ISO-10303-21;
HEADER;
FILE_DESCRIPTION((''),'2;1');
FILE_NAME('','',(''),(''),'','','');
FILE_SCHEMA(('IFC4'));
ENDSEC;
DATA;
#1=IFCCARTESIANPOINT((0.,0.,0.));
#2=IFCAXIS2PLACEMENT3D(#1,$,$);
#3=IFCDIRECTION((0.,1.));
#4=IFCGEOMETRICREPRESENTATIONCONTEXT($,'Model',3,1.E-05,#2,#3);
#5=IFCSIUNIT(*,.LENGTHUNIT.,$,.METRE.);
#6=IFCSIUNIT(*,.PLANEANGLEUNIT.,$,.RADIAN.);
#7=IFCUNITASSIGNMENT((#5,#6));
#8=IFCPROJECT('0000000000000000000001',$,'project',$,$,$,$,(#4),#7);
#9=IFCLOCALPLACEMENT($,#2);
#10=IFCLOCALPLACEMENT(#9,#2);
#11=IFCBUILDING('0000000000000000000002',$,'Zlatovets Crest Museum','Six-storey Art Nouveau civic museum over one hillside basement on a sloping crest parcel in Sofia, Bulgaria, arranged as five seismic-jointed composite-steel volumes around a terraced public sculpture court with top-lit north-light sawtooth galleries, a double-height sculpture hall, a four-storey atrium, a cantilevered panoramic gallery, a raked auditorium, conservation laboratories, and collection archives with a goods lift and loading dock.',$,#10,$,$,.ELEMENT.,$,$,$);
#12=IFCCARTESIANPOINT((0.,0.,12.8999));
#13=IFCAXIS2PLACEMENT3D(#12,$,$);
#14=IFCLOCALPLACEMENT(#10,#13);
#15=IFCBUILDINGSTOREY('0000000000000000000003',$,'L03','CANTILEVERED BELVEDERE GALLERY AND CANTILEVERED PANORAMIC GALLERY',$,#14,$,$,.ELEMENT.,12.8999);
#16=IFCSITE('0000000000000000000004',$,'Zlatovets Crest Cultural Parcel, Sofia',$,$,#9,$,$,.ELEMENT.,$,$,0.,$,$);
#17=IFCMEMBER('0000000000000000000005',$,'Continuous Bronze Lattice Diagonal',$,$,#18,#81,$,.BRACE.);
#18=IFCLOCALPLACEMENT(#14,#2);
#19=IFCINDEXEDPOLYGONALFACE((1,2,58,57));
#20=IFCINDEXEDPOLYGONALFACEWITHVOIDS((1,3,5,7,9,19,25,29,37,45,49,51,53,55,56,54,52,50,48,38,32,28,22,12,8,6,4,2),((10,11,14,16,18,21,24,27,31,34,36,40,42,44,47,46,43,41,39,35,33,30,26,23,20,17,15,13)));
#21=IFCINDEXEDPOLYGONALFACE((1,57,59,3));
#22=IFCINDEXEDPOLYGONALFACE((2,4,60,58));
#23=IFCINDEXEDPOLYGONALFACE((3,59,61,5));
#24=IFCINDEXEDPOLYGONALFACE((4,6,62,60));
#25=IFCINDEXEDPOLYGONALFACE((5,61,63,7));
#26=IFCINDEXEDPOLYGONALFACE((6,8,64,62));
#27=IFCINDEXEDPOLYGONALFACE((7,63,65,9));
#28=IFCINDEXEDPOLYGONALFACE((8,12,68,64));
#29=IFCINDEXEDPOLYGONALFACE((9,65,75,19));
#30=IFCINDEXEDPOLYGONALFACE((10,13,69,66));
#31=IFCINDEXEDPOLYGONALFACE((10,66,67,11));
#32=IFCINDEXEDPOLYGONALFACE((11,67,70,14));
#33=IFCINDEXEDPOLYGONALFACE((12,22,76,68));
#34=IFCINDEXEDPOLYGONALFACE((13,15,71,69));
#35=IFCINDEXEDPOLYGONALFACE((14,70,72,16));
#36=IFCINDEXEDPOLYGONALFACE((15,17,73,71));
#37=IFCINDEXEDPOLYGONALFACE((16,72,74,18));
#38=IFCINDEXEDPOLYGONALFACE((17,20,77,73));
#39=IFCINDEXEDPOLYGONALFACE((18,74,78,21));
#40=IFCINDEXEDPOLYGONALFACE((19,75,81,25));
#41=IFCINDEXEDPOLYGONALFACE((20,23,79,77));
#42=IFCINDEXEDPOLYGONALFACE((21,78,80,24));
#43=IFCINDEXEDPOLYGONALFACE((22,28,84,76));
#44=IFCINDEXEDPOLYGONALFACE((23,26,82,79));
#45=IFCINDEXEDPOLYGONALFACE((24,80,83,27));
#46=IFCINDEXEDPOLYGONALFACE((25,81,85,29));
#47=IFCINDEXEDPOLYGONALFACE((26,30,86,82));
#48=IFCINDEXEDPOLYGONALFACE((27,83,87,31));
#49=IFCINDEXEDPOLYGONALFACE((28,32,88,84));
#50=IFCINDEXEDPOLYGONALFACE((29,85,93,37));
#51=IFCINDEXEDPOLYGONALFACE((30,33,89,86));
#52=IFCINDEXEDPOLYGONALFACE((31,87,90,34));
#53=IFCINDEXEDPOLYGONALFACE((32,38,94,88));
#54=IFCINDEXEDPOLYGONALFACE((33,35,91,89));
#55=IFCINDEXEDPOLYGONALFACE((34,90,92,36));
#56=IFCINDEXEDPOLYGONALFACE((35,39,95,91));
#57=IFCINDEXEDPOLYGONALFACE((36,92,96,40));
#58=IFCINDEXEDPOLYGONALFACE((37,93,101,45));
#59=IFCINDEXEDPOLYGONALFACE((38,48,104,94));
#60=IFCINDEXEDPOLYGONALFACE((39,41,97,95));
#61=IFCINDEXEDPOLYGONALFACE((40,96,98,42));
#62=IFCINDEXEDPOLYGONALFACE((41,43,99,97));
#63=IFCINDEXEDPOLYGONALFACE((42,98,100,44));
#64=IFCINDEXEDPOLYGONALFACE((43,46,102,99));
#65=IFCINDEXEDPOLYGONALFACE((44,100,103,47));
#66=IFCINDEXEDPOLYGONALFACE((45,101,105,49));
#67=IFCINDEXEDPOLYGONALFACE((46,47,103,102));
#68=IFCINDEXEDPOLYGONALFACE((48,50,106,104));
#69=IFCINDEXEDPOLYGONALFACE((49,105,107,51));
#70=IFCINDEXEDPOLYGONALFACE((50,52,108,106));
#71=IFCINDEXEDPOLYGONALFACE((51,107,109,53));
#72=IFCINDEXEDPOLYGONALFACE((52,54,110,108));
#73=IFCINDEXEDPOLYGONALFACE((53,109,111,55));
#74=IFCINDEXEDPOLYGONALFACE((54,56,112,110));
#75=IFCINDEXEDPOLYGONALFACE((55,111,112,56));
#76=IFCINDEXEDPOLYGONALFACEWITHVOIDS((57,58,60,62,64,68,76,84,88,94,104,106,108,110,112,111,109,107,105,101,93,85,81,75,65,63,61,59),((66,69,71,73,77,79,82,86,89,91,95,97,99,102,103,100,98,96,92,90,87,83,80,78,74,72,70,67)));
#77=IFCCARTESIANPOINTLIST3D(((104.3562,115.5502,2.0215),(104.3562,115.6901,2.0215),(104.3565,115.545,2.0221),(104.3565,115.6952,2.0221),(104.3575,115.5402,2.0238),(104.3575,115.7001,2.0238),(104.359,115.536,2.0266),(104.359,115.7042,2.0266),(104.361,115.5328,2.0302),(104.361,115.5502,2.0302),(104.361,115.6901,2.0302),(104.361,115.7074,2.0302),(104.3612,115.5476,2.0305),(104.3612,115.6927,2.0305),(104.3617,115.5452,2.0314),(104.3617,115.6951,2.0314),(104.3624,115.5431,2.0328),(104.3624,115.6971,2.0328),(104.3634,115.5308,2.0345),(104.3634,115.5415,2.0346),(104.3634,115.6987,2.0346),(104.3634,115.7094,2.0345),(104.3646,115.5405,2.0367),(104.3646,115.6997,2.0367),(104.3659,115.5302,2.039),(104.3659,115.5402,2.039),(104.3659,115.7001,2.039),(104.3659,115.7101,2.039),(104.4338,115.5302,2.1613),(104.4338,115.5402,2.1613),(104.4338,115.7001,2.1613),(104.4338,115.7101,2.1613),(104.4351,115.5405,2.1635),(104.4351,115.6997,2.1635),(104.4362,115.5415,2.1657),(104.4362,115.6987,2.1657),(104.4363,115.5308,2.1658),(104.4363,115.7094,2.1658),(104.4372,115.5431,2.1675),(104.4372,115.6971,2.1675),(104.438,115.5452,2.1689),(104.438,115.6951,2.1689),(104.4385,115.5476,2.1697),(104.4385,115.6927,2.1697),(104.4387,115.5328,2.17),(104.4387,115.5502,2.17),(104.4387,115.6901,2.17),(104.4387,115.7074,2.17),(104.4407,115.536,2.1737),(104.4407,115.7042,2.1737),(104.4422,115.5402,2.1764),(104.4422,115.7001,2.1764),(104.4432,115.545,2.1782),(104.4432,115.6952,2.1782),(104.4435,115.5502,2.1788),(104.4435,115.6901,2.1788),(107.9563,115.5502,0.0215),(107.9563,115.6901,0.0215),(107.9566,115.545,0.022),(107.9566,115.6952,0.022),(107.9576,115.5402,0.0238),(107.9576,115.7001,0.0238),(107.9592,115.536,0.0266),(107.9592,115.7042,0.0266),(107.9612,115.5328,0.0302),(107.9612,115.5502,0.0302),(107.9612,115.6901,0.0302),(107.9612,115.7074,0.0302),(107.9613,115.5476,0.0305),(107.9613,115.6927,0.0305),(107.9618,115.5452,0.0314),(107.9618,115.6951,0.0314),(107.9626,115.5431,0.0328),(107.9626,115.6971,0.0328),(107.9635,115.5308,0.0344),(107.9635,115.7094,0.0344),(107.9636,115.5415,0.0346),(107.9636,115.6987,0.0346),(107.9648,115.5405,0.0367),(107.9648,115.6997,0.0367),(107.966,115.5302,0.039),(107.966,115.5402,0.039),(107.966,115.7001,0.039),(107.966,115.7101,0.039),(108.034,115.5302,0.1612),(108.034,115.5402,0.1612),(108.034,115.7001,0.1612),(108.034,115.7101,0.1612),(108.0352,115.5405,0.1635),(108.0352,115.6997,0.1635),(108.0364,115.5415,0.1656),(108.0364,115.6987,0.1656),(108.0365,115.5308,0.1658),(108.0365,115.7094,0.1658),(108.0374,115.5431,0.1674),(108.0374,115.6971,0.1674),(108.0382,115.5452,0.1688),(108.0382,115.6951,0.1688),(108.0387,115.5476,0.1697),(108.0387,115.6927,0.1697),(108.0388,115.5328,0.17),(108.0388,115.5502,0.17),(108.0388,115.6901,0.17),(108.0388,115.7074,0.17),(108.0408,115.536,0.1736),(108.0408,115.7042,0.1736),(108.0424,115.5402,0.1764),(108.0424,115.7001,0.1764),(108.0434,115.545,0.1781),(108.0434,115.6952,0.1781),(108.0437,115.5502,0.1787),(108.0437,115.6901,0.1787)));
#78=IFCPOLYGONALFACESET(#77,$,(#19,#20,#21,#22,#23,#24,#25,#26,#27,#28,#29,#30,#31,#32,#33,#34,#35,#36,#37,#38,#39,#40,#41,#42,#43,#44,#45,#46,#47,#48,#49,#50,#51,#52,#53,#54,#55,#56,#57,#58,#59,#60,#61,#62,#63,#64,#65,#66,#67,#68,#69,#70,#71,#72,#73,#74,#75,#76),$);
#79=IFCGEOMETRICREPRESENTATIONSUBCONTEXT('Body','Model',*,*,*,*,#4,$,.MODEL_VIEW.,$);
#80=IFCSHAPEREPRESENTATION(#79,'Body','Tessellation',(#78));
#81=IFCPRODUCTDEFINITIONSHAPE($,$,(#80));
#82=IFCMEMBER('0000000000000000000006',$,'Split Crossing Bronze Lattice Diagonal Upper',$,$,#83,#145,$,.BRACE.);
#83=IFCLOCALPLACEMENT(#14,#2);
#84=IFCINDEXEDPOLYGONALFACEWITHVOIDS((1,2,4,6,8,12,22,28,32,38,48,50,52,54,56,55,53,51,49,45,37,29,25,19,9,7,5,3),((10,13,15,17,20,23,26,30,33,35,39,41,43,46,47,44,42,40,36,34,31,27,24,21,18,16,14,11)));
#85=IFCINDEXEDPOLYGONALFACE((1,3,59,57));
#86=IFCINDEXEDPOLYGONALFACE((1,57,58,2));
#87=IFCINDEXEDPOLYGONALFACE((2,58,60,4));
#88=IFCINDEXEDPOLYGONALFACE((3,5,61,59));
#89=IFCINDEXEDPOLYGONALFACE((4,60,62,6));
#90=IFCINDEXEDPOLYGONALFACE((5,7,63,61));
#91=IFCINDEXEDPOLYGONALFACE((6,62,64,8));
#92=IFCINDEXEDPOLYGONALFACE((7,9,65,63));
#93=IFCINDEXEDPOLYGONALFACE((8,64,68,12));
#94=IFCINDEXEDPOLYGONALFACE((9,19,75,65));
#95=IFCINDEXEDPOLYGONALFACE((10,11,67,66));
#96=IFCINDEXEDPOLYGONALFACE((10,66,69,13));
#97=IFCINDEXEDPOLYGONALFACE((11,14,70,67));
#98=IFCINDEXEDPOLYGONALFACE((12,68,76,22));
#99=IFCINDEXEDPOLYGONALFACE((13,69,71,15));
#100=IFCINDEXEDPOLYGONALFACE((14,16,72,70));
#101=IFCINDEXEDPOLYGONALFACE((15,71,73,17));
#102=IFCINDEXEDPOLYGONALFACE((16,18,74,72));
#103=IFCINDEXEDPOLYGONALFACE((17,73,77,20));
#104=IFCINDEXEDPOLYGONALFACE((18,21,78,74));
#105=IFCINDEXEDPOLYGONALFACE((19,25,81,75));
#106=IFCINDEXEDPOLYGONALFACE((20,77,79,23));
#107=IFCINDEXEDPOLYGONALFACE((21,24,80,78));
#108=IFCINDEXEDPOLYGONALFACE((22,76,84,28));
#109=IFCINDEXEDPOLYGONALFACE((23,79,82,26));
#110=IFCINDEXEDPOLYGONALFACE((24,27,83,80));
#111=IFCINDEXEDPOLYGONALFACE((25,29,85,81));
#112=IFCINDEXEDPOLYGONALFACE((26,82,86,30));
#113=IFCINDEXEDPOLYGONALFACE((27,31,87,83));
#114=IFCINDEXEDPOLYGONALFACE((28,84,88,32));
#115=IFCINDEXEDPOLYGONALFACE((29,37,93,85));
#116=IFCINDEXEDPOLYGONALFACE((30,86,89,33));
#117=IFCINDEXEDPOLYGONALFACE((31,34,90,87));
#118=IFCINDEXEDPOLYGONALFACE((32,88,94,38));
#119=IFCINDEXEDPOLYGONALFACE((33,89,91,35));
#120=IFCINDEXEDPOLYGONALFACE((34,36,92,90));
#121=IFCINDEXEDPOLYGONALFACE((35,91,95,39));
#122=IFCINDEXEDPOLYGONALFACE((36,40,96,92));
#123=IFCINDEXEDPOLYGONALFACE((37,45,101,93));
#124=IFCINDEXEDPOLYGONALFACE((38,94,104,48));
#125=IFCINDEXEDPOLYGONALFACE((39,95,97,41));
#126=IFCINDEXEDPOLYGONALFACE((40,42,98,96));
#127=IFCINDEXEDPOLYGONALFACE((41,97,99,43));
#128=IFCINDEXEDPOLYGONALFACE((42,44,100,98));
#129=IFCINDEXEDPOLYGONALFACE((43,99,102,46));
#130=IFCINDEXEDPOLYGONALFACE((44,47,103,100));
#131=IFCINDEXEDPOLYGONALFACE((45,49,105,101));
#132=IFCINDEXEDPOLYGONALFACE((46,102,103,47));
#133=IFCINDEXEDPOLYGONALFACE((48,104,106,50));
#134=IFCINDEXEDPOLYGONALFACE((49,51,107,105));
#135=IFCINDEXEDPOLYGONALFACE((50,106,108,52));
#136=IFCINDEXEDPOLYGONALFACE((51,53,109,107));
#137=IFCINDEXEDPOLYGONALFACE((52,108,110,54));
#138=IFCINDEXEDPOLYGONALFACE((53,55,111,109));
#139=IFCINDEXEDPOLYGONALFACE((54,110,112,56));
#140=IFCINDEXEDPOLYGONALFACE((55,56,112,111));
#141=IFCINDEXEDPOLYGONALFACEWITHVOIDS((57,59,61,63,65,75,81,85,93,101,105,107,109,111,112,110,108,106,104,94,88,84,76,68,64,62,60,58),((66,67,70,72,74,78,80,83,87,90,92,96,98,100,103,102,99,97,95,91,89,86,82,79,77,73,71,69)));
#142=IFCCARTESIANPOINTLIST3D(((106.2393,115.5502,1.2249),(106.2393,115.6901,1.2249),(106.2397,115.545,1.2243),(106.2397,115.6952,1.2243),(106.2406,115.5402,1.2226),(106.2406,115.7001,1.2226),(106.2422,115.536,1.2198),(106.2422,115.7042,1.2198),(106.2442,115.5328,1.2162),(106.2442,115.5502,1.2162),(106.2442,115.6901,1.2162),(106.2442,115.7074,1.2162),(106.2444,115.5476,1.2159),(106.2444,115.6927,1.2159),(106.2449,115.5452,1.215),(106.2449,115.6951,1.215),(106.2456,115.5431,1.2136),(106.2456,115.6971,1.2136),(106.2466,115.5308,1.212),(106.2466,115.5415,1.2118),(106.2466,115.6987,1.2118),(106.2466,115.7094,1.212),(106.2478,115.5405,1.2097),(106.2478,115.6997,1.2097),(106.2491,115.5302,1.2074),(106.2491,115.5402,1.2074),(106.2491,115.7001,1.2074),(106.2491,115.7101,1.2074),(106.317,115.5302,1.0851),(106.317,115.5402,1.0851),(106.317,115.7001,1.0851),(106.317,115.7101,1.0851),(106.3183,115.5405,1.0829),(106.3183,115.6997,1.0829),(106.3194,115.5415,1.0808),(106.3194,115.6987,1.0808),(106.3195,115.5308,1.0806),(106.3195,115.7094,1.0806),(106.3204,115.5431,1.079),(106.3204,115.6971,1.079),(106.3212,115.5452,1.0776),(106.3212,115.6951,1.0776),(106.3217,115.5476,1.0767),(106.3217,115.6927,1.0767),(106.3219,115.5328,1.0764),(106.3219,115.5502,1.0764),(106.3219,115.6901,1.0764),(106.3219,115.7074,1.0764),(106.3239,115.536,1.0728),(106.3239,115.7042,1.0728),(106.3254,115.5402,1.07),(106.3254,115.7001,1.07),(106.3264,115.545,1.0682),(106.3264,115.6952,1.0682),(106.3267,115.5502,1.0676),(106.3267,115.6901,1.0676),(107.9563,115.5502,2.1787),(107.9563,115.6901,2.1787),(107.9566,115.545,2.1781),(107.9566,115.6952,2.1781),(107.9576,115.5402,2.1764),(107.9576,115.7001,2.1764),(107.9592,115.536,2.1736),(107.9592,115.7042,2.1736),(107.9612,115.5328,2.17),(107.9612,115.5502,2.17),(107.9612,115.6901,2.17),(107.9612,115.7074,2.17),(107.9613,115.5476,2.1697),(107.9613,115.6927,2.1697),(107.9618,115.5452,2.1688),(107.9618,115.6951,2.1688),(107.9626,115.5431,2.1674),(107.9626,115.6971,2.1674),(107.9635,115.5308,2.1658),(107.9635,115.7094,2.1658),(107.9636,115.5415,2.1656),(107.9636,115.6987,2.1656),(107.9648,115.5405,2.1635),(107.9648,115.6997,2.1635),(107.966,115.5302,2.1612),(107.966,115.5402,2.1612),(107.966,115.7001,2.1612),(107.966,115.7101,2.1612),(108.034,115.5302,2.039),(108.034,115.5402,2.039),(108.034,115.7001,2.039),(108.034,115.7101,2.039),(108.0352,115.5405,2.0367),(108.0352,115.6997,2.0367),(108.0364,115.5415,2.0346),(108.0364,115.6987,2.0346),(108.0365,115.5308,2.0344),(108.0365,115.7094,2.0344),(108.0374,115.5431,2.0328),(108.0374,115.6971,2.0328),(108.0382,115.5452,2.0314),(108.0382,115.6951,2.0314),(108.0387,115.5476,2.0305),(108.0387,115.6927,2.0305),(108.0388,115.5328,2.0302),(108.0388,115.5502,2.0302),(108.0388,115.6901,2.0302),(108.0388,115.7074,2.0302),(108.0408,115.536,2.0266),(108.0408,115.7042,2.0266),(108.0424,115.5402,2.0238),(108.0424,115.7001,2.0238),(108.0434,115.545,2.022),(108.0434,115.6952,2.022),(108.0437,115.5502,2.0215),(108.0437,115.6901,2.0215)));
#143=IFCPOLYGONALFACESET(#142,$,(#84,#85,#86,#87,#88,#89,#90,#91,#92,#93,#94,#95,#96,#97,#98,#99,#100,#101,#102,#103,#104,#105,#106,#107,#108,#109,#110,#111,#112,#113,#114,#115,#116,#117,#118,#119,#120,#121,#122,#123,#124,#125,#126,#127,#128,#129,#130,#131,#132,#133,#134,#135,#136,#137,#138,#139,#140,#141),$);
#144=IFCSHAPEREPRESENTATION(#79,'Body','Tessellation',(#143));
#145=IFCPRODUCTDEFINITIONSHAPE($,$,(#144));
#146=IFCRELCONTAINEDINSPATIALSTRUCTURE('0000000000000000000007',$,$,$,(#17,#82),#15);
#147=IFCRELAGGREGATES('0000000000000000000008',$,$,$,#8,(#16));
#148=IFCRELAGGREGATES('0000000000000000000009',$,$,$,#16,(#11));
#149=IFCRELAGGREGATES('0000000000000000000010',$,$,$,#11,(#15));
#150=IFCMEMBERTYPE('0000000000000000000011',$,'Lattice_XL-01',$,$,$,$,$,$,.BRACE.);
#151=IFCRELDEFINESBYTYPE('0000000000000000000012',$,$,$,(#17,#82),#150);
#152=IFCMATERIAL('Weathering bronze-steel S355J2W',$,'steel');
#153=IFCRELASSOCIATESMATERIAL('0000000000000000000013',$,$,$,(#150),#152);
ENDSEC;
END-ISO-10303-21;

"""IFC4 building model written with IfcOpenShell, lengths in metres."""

from ifc_helpers import new_model, si_unit, direction, frame, origin, origin_2d, place, context, subcontext, project, spatial, hollow_rectangle, extrude, material, material_profile, profile_set, type_object, element, save


model = new_model("IFC4")

# Units and contexts
model_context = context("Model", 3, precision=1e-05, world=origin(), true_north=direction((0.0, 1.0)))
body_context = subcontext(model_context, "Body", "Model", "MODEL_VIEW")
ifc_project = project(units=[si_unit("LENGTHUNIT", "METRE"), si_unit("PLANEANGLEUNIT", "RADIAN")], contexts=[model_context])

# Site, building, storey
site_placement = place(None, origin())
site = spatial("IfcSite", under=ifc_project, at=site_placement, Name="Zlatovets Crest Cultural Parcel, Sofia", CompositionType="ELEMENT", RefElevation=0.0)
building_placement = place(site_placement, origin())
building = spatial("IfcBuilding", under=site, at=building_placement, Name="Zlatovets Crest Museum", Description="Six-storey Art Nouveau civic museum over one hillside basement on a sloping crest parcel in Sofia, Bulgaria, arranged as five seismic-jointed composite-steel volumes around a terraced public sculpture court with top-lit north-light sawtooth galleries, a double-height sculpture hall, a four-storey atrium, a cantilevered panoramic gallery, a raked auditorium, conservation laboratories, and collection archives with a goods lift and loading dock.", CompositionType="ELEMENT")
storey_placement = place(building_placement, frame((0.0, 0.0, 12.8999)))
storey = spatial("IfcBuildingStorey", under=building, at=storey_placement, Name="L03", Description="CANTILEVERED BELVEDERE GALLERY AND CANTILEVERED PANORAMIC GALLERY", CompositionType="ELEMENT", Elevation=12.8999)

# Members
ifc_material_1 = material(Name="Weathering bronze-steel S355J2W", Category="steel")
ifc_material_profile_1 = material_profile(ifc_material_1, hollow_rectangle(XDim=0.1799, YDim=0.1799, WallThickness=0.01, InnerFilletRadius=0.01, OuterFilletRadius=0.02, at=origin_2d()), Name="SHS 180x180x10.0")
ifc_profile_set_1 = profile_set([ifc_material_profile_1], Name="Weathering bronze-steel S355J2W")
member_type_1 = type_object("IfcMemberType", Name="Lattice_XL-01", PredefinedType="BRACE", material=ifc_profile_set_1)
member_1_placement = place(storey_placement, frame((108.0, 115.6201, 0.1001), z_axis=(-0.874163, 0.0, 0.485633), x_axis=(0.0, -1.0, 0.0)))
element("IfcMember", 1, at=member_1_placement, inside=storey, type_object=member_type_1, Name="Continuous Bronze Lattice Diagonal", PredefinedType="BRACE", context=body_context, shape_type="SweptSolid", body=[
    extrude(hollow_rectangle(XDim=0.1799, YDim=0.1799, WallThickness=0.01, InnerFilletRadius=0.01, OuterFilletRadius=0.02, at=origin_2d()), origin(), (0.0, 0.0, 1.0), 4.1184),
])
for number, where, z_axis, x_axis, name in (
    (2, (108.0, 115.6201, 2.1001), (-0.874169, 0.0, -0.485622), (0.0, -1.0, 0.0), "Split Crossing Bronze Lattice Diagonal Upper"),
):
    element("IfcMember", number, at=place(storey_placement, frame(where, z_axis=z_axis, x_axis=x_axis)), inside=storey, type_object=member_type_1, Name=name, PredefinedType="BRACE", context=body_context, shape_type="SweptSolid", body=[
        extrude(hollow_rectangle(XDim=0.1799, YDim=0.1799, WallThickness=0.01, InnerFilletRadius=0.01, OuterFilletRadius=0.02, at=origin_2d()), origin(), (0.0, 0.0, 1.0), 1.9641),
    ])

save(model, "model.ifc")
